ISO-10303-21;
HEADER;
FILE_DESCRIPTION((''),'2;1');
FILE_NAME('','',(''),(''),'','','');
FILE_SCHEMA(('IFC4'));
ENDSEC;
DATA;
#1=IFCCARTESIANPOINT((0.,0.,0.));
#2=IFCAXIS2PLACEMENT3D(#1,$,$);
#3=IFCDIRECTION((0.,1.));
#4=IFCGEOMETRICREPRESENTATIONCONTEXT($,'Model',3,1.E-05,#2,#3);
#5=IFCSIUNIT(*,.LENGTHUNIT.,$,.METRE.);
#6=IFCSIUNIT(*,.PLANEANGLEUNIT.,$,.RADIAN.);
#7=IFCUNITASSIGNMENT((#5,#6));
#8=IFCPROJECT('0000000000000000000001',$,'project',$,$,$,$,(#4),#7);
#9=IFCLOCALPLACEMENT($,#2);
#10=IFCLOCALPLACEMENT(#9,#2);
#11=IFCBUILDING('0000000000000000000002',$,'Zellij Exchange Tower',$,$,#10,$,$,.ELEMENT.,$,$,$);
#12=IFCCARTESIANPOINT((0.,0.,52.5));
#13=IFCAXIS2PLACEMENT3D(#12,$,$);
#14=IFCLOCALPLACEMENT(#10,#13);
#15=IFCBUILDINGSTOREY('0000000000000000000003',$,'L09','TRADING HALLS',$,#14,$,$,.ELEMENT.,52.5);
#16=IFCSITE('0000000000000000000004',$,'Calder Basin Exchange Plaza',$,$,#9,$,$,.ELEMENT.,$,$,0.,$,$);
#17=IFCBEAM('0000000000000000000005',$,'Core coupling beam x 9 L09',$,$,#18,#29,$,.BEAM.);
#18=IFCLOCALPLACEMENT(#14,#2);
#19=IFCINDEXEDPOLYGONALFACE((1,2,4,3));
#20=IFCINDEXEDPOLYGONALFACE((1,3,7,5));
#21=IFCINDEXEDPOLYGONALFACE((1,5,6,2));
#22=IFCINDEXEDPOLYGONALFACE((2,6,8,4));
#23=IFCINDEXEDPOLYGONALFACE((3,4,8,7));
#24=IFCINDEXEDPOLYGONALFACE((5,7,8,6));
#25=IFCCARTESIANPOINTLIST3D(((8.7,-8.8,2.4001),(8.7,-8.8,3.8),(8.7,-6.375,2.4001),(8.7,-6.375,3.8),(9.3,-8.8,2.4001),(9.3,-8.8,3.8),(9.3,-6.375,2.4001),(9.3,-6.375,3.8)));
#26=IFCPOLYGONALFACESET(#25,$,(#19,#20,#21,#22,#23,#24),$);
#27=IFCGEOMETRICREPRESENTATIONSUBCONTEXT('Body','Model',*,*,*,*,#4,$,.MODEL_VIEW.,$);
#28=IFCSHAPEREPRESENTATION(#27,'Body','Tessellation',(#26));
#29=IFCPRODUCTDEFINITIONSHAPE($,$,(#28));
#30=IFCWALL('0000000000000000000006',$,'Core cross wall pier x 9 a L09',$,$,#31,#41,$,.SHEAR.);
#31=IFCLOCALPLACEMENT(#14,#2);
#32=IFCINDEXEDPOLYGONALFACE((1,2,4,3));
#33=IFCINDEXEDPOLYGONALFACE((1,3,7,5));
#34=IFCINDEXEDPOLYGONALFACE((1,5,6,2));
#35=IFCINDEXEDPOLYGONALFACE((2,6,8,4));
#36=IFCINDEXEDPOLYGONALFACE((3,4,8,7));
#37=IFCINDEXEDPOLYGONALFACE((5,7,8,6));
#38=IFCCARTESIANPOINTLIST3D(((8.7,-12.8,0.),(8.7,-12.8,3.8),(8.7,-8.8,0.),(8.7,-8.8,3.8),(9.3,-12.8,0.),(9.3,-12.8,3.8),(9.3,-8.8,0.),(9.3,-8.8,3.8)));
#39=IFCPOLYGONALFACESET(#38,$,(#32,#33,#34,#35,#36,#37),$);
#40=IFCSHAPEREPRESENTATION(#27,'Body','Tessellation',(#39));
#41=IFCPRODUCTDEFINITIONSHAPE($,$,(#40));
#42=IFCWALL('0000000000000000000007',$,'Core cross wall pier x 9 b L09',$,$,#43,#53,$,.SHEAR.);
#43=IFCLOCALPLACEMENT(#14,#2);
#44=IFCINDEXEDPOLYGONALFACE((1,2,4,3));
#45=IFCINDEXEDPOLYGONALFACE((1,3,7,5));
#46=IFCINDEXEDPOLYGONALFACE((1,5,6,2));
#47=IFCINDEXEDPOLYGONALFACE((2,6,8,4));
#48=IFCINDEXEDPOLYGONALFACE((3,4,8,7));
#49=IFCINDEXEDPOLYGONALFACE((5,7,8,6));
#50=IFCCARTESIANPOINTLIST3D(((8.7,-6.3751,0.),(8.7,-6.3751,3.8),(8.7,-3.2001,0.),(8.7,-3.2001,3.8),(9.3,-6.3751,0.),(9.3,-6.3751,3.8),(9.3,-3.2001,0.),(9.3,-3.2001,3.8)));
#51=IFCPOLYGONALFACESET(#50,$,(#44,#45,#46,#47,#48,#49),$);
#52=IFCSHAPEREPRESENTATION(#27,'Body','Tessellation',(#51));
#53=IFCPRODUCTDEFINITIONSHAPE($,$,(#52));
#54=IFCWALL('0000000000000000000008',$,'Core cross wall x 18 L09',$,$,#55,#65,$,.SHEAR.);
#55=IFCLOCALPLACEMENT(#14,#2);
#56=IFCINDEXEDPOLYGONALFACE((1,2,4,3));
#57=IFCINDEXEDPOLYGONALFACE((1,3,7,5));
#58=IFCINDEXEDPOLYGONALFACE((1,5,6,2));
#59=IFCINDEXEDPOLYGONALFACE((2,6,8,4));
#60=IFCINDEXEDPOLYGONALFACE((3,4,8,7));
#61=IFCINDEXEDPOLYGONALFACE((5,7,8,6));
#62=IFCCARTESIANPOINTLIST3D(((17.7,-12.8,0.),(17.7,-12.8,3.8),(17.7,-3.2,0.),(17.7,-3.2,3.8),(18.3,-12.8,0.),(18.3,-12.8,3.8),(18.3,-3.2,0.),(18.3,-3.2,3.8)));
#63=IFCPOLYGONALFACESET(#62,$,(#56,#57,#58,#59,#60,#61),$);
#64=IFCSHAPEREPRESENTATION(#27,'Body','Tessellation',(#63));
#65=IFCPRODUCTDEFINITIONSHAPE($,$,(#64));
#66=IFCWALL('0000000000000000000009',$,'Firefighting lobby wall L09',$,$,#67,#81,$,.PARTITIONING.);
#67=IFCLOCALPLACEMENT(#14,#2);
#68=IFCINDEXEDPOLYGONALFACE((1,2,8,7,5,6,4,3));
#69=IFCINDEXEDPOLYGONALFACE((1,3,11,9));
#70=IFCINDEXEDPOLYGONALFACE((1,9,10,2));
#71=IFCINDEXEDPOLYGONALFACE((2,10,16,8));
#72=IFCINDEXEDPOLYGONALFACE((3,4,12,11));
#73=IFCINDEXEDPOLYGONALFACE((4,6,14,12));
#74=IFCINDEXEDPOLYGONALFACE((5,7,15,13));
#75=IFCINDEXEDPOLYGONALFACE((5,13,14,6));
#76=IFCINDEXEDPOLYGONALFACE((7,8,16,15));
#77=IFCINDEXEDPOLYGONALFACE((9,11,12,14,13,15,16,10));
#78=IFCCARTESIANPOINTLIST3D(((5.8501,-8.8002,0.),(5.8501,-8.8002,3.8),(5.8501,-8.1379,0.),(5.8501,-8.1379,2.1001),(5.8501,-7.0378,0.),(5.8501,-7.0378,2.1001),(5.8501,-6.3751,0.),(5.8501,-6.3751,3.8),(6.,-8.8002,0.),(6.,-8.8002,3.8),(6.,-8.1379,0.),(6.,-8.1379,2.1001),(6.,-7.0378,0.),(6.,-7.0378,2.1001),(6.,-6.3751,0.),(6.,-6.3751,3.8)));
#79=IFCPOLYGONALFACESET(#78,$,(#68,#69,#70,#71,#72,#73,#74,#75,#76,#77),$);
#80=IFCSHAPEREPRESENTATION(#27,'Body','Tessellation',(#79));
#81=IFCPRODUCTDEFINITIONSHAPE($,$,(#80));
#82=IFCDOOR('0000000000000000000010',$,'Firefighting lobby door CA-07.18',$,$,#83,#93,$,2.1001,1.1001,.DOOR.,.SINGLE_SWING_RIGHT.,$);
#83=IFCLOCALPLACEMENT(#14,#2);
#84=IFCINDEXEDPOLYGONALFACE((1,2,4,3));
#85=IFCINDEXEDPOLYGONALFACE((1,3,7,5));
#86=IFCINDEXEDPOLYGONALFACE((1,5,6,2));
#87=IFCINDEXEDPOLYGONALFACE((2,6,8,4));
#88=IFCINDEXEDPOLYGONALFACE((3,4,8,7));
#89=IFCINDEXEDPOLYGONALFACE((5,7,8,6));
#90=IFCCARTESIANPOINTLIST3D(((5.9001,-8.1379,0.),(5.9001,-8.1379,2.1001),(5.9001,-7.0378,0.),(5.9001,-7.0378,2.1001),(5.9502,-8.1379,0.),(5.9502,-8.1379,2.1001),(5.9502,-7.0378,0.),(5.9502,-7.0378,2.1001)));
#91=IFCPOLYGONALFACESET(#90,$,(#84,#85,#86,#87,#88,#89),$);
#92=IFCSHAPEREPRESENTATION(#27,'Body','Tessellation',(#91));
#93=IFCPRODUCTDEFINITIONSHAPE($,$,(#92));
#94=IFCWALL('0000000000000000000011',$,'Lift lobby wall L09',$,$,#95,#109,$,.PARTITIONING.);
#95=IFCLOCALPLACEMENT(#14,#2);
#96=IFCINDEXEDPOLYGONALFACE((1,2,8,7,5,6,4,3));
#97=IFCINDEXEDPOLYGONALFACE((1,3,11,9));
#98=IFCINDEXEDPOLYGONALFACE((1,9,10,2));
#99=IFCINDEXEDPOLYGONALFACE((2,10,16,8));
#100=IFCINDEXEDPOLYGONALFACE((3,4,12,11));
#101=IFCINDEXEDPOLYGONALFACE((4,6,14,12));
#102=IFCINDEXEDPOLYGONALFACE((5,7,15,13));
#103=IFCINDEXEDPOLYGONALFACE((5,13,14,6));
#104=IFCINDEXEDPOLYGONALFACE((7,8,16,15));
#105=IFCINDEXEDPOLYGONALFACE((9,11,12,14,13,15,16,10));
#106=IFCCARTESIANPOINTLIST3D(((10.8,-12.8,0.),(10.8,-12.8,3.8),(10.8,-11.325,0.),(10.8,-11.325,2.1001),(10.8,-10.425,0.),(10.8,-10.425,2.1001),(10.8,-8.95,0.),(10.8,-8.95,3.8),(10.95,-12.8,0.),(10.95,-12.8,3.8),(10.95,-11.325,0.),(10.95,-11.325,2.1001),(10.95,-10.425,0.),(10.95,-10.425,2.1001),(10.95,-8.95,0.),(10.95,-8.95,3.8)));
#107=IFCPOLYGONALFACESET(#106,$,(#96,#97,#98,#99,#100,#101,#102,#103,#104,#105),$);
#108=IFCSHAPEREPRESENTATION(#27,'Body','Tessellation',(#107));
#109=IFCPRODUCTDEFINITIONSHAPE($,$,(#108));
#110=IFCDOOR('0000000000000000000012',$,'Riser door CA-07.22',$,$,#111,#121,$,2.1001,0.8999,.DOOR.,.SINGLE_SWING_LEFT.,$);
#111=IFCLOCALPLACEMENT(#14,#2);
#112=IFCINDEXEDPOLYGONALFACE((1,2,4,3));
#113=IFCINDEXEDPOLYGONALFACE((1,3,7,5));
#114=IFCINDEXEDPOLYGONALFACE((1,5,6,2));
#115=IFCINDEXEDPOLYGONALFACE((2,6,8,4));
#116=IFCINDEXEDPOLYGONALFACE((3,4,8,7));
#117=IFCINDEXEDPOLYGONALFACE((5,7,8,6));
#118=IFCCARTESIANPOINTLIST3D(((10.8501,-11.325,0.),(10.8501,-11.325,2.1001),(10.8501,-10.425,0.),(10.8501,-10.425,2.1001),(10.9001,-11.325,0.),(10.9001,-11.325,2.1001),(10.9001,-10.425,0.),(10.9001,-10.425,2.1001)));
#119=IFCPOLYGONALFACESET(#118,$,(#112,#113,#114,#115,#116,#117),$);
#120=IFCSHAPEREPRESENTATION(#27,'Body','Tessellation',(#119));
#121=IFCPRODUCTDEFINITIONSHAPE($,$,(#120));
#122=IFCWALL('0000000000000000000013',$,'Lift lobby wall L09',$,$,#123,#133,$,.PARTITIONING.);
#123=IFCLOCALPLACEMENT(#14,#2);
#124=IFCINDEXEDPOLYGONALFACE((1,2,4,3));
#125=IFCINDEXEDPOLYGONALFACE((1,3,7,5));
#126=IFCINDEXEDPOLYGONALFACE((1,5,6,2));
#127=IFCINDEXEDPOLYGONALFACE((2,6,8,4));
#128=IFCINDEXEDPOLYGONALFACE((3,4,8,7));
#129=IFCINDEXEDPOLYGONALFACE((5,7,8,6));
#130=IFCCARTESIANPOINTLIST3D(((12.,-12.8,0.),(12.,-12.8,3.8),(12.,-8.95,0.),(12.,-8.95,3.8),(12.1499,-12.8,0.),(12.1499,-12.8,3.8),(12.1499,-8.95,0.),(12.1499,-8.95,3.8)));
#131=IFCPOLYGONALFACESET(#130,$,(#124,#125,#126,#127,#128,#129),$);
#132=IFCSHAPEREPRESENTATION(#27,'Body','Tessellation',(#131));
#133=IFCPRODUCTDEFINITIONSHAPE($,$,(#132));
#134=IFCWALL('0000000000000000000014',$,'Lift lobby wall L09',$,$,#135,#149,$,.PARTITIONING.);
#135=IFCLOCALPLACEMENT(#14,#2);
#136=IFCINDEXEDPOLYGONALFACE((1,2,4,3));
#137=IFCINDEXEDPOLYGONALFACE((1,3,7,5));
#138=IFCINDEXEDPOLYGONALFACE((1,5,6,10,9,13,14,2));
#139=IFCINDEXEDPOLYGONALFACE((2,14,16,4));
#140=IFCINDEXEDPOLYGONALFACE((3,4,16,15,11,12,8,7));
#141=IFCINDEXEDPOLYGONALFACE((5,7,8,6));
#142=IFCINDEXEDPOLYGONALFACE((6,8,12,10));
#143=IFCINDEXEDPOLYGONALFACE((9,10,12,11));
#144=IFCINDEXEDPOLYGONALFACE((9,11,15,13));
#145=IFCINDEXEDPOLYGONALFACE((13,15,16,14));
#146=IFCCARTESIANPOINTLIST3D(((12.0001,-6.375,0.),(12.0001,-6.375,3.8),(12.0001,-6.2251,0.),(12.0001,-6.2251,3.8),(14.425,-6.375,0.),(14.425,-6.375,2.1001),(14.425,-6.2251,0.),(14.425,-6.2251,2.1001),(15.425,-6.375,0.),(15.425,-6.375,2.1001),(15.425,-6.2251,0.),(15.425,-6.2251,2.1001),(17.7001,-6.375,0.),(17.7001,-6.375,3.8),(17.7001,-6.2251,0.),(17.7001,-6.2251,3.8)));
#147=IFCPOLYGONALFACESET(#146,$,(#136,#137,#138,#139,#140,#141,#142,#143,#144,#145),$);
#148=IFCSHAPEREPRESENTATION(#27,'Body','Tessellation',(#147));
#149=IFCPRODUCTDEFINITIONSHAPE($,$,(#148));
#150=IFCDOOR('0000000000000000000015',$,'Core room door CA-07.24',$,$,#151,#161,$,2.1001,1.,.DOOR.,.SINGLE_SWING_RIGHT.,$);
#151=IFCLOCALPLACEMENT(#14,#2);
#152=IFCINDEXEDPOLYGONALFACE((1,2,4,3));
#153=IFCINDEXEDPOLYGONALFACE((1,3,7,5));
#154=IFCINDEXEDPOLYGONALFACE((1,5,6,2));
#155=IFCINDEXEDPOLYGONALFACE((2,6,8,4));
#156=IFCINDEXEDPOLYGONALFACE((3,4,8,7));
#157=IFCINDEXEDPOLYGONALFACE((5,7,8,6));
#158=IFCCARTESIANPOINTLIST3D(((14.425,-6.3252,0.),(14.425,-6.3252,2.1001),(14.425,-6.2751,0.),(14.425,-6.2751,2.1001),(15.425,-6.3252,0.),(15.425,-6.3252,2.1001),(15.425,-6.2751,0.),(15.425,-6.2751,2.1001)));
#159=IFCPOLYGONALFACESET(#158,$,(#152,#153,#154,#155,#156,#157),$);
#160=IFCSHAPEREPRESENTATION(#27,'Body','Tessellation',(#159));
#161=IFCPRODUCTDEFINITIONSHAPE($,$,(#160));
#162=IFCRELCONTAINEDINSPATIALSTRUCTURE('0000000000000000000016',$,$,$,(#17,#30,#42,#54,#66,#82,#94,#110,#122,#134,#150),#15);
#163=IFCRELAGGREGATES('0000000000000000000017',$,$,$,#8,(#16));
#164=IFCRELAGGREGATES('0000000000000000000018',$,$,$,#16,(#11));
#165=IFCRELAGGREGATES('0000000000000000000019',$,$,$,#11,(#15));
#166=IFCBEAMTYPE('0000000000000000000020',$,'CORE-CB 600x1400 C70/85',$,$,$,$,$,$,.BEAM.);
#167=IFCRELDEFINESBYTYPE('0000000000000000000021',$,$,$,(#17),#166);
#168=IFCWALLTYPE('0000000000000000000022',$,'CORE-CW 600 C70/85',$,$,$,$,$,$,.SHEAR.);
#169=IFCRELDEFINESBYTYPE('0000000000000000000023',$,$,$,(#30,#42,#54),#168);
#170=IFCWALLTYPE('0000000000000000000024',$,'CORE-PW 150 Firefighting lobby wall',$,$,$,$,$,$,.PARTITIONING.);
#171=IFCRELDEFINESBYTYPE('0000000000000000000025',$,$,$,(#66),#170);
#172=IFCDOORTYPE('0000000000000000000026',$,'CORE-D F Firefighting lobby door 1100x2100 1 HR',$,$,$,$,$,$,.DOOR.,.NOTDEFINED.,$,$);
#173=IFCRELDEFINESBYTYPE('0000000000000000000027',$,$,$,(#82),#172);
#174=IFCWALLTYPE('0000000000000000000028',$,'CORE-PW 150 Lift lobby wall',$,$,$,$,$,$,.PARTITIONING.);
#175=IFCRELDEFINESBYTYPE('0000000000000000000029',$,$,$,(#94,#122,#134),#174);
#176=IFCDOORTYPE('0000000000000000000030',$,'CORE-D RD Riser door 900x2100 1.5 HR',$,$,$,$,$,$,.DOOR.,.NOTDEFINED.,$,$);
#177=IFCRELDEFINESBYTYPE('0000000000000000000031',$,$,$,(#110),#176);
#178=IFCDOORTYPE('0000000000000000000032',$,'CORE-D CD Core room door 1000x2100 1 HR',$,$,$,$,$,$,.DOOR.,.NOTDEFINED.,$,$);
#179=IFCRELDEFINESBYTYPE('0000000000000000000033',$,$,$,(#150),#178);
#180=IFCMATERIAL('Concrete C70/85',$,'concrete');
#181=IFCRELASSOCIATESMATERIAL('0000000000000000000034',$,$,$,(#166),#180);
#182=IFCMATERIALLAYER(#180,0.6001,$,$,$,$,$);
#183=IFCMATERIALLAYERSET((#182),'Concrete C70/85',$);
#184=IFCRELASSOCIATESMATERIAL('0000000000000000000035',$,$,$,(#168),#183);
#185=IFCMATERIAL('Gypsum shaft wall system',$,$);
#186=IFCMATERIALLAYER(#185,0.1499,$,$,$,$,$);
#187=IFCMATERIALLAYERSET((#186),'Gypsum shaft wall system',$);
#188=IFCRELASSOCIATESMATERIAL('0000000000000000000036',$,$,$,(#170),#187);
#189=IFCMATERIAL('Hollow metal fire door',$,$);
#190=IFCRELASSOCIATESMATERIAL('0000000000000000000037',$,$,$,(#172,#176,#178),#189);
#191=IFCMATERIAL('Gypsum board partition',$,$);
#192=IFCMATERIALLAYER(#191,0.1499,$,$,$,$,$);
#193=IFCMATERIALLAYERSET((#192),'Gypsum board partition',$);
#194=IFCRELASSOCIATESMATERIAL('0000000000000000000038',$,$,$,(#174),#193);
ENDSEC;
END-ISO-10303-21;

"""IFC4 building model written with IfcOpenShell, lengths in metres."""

from ifc_helpers import new_model, si_unit, direction, frame, frame_2d, origin, origin_2d, place, context, subcontext, project, spatial, rectangle, extrude, material, layer, layer_set, material_profile, profile_set, type_object, element, fill, save


model = new_model("IFC4")

# Units and contexts
model_context = context("Model", 3, precision=1e-05, world=origin(), true_north=direction((0.0, 1.0)))
body_context = subcontext(model_context, "Body", "Model", "MODEL_VIEW")
ifc_project = project(units=[si_unit("LENGTHUNIT", "METRE"), si_unit("PLANEANGLEUNIT", "RADIAN")], contexts=[model_context])

# Site, building, storey
site_placement = place(None, origin())
site = spatial("IfcSite", under=ifc_project, at=site_placement, Name="Calder Basin Exchange Plaza", CompositionType="ELEMENT", RefElevation=0.0)
building_placement = place(site_placement, origin())
building = spatial("IfcBuilding", under=site, at=building_placement, Name="Zellij Exchange Tower", CompositionType="ELEMENT")
storey_placement = place(building_placement, frame((0.0, 0.0, 52.5)))
storey = spatial("IfcBuildingStorey", under=building, at=storey_placement, Name="L09", Description="TRADING HALLS", CompositionType="ELEMENT", Elevation=52.5)

# Beam
ifc_material_1 = material(Name="Concrete C70/85", Category="concrete")
ifc_material_profile = material_profile(ifc_material_1, rectangle(XDim=0.6001, YDim=1.3999, at=origin_2d()), Name="CORE-CB 600x1400 C70/85")
ifc_profile_set = profile_set([ifc_material_profile], Name="Concrete C70/85")
beam_type = type_object("IfcBeamType", Name="CORE-CB 600x1400 C70/85", PredefinedType="BEAM", material=ifc_profile_set)
beam_placement = place(storey_placement, frame((9.0, -8.8, 3.1001), z_axis=(0.0, 1.0, 0.0), x_axis=(-1.0, 0.0, 0.0)))
element("IfcBeam", 1, at=beam_placement, inside=storey, type_object=beam_type, Name="Core coupling beam x 9 L09", PredefinedType="BEAM", context=body_context, shape_type="SweptSolid", body=[
    extrude(rectangle(XDim=0.6001, YDim=1.3999, at=origin_2d()), origin(), (0.0, 0.0, 1.0), 2.425),
])

# Walls
ifc_layer_1 = layer(ifc_material_1, 0.6001)
ifc_layer_set_1 = layer_set([ifc_layer_1], Name="Concrete C70/85")
wall_type_1 = type_object("IfcWallType", Name="CORE-CW 600 C70/85", PredefinedType="SHEAR", material=ifc_layer_set_1)
wall_1_placement = place(storey_placement, frame((9.0, -12.8, 0.0), z_axis=(0.0, 0.0, 1.0), x_axis=(0.0, 1.0, 0.0)))
element("IfcWall", 2, at=wall_1_placement, inside=storey, type_object=wall_type_1, Name="Core cross wall pier x 9 a L09", PredefinedType="SHEAR", context=body_context, shape_type="SweptSolid", body=[
    extrude(rectangle(XDim=4.0, YDim=0.6001, at=frame_2d((2.0, 0.0))), origin(), (0.0, 0.0, 1.0), 3.8),
])
wall_2_placement = place(storey_placement, frame((9.0, -6.375, 0.0), z_axis=(0.0, 0.0, 1.0), x_axis=(0.0, 1.0, 0.0)))
element("IfcWall", 3, at=wall_2_placement, inside=storey, type_object=wall_type_1, Name="Core cross wall pier x 9 b L09", PredefinedType="SHEAR", context=body_context, shape_type="SweptSolid", body=[
    extrude(rectangle(XDim=3.175, YDim=0.6001, at=frame_2d((1.5874, 0.0))), origin(), (0.0, 0.0, 1.0), 3.8),
])
wall_3_placement = place(storey_placement, frame((18.0, -12.8, 0.0), z_axis=(0.0, 0.0, 1.0), x_axis=(0.0, 1.0, 0.0)))
element("IfcWall", 4, at=wall_3_placement, inside=storey, type_object=wall_type_1, Name="Core cross wall x 18 L09", PredefinedType="SHEAR", context=body_context, shape_type="SweptSolid", body=[
    extrude(rectangle(XDim=9.6001, YDim=0.6001, at=frame_2d((4.8, 0.0))), origin(), (0.0, 0.0, 1.0), 3.8),
])

# Walls, openings, doors
ifc_material_2 = material(Name="Gypsum shaft wall system")
ifc_layer_2 = layer(ifc_material_2, 0.1499)
ifc_layer_set_2 = layer_set([ifc_layer_2], Name="Gypsum shaft wall system")
wall_type_2 = type_object("IfcWallType", Name="CORE-PW 150 Firefighting lobby wall", PredefinedType="PARTITIONING", material=ifc_layer_set_2)
wall_4_placement = place(storey_placement, frame((5.925, -8.8, 0.0), z_axis=(0.0, 0.0, 1.0), x_axis=(0.0, 1.0, 0.0)))
wall_4 = element("IfcWall", 5, at=wall_4_placement, inside=storey, type_object=wall_type_2, Name="Firefighting lobby wall L09", PredefinedType="PARTITIONING", context=body_context, shape_type="SweptSolid", body=[
    extrude(rectangle(XDim=2.425, YDim=0.1499, at=frame_2d((1.2124, 0.0))), origin(), (0.0, 0.0, 1.0), 3.8),
])
opening_1_placement = place(wall_4_placement, frame((0.6621, 0.0, 0.0)))
opening_1 = element("IfcOpeningElement", 6, at=opening_1_placement, cuts=wall_4, PredefinedType="OPENING", context=body_context, shape_type="SweptSolid", body=[
    extrude(rectangle(XDim=1.1001, YDim=2.1001, at=frame_2d((0.55, 1.05))), frame((0.0, 0.0869, 0.0), z_axis=(0.0, -1.0, 0.0), x_axis=(1.0, 0.0, 0.0)), (0.0, 0.0, 1.0), 0.1738),
])
ifc_material_3 = material(Name="Hollow metal fire door")
door_type_1 = type_object("IfcDoorType", Name="CORE-D F Firefighting lobby door 1100x2100 1 HR", OperationType="NOTDEFINED", PredefinedType="DOOR", material=ifc_material_3)
door_1_placement = place(opening_1_placement, origin())
door_1 = element("IfcDoor", 7, at=door_1_placement, inside=storey, type_object=door_type_1, Name="Firefighting lobby door CA-07.18", OperationType="SINGLE_SWING_RIGHT", OverallHeight=2.1001, OverallWidth=1.1001, PredefinedType="DOOR", context=body_context, shape_type="SweptSolid", body=[
    extrude(rectangle(XDim=1.1001, YDim=2.1001, at=frame_2d((0.55, 1.05))), frame((0.0, 0.0249, 0.0), z_axis=(0.0, -1.0, 0.0), x_axis=(1.0, 0.0, 0.0)), (0.0, 0.0, 1.0), 0.05),
])
fill(opening_1, door_1)
ifc_material_4 = material(Name="Gypsum board partition")
ifc_layer_3 = layer(ifc_material_4, 0.1499)
ifc_layer_set_3 = layer_set([ifc_layer_3], Name="Gypsum board partition")
wall_type_3 = type_object("IfcWallType", Name="CORE-PW 150 Lift lobby wall", PredefinedType="PARTITIONING", material=ifc_layer_set_3)
wall_5_placement = place(storey_placement, frame((10.875, -12.8, 0.0), z_axis=(0.0, 0.0, 1.0), x_axis=(0.0, 1.0, 0.0)))
wall_5 = element("IfcWall", 8, at=wall_5_placement, inside=storey, type_object=wall_type_3, Name="Lift lobby wall L09", PredefinedType="PARTITIONING", context=body_context, shape_type="SweptSolid", body=[
    extrude(rectangle(XDim=3.8501, YDim=0.1499, at=frame_2d((1.925, 0.0))), origin(), (0.0, 0.0, 1.0), 3.8),
])
opening_2_placement = place(wall_5_placement, frame((1.4751, 0.0, 0.0)))
opening_2 = element("IfcOpeningElement", 9, at=opening_2_placement, cuts=wall_5, PredefinedType="OPENING", context=body_context, shape_type="SweptSolid", body=[
    extrude(rectangle(XDim=0.8999, YDim=2.1001, at=frame_2d((0.45, 1.05))), frame((0.0, 0.0869, 0.0), z_axis=(0.0, -1.0, 0.0), x_axis=(1.0, 0.0, 0.0)), (0.0, 0.0, 1.0), 0.1738),
])
door_type_2 = type_object("IfcDoorType", Name="CORE-D RD Riser door 900x2100 1.5 HR", OperationType="NOTDEFINED", PredefinedType="DOOR", material=ifc_material_3)
door_2_placement = place(opening_2_placement, origin())
door_2 = element("IfcDoor", 10, at=door_2_placement, inside=storey, type_object=door_type_2, Name="Riser door CA-07.22", OperationType="SINGLE_SWING_LEFT", OverallHeight=2.1001, OverallWidth=0.8999, PredefinedType="DOOR", context=body_context, shape_type="SweptSolid", body=[
    extrude(rectangle(XDim=0.8999, YDim=2.1001, at=frame_2d((0.45, 1.05))), frame((0.0, 0.0249, 0.0), z_axis=(0.0, -1.0, 0.0), x_axis=(1.0, 0.0, 0.0)), (0.0, 0.0, 1.0), 0.05),
])
fill(opening_2, door_2)

# Wall
wall_6_placement = place(storey_placement, frame((12.075, -12.8, 0.0), z_axis=(0.0, 0.0, 1.0), x_axis=(0.0, 1.0, 0.0)))
element("IfcWall", 11, at=wall_6_placement, inside=storey, type_object=wall_type_3, Name="Lift lobby wall L09", PredefinedType="PARTITIONING", context=body_context, shape_type="SweptSolid", body=[
    extrude(rectangle(XDim=3.8501, YDim=0.1499, at=frame_2d((1.925, 0.0))), origin(), (0.0, 0.0, 1.0), 3.8),
])

# Wall, opening, door
wall_7_placement = place(storey_placement, frame((12.0, -6.3, 0.0), z_axis=(0.0, 0.0, 1.0), x_axis=(1.0, 0.0, 0.0)))
wall_7 = element("IfcWall", 12, at=wall_7_placement, inside=storey, type_object=wall_type_3, Name="Lift lobby wall L09", PredefinedType="PARTITIONING", context=body_context, shape_type="SweptSolid", body=[
    extrude(rectangle(XDim=5.7, YDim=0.1499, at=frame_2d((2.8501, 0.0))), origin(), (0.0, 0.0, 1.0), 3.8),
])
opening_3_placement = place(wall_7_placement, frame((2.425, 0.0, 0.0)))
opening_3 = element("IfcOpeningElement", 13, at=opening_3_placement, cuts=wall_7, PredefinedType="OPENING", context=body_context, shape_type="SweptSolid", body=[
    extrude(rectangle(XDim=1.0, YDim=2.1001, at=frame_2d((0.5, 1.05))), frame((0.0, 0.0869, 0.0), z_axis=(0.0, -1.0, 0.0), x_axis=(1.0, 0.0, 0.0)), (0.0, 0.0, 1.0), 0.1738),
])
door_type_3 = type_object("IfcDoorType", Name="CORE-D CD Core room door 1000x2100 1 HR", OperationType="NOTDEFINED", PredefinedType="DOOR", material=ifc_material_3)
door_3_placement = place(opening_3_placement, origin())
door_3 = element("IfcDoor", 14, at=door_3_placement, inside=storey, type_object=door_type_3, Name="Core room door CA-07.24", OperationType="SINGLE_SWING_RIGHT", OverallHeight=2.1001, OverallWidth=1.0, PredefinedType="DOOR", context=body_context, shape_type="SweptSolid", body=[
    extrude(rectangle(XDim=1.0, YDim=2.1001, at=frame_2d((0.5, 1.05))), frame((0.0, 0.0249, 0.0), z_axis=(0.0, -1.0, 0.0), x_axis=(1.0, 0.0, 0.0)), (0.0, 0.0, 1.0), 0.05),
])
fill(opening_3, door_3)

save(model, "model.ifc")
